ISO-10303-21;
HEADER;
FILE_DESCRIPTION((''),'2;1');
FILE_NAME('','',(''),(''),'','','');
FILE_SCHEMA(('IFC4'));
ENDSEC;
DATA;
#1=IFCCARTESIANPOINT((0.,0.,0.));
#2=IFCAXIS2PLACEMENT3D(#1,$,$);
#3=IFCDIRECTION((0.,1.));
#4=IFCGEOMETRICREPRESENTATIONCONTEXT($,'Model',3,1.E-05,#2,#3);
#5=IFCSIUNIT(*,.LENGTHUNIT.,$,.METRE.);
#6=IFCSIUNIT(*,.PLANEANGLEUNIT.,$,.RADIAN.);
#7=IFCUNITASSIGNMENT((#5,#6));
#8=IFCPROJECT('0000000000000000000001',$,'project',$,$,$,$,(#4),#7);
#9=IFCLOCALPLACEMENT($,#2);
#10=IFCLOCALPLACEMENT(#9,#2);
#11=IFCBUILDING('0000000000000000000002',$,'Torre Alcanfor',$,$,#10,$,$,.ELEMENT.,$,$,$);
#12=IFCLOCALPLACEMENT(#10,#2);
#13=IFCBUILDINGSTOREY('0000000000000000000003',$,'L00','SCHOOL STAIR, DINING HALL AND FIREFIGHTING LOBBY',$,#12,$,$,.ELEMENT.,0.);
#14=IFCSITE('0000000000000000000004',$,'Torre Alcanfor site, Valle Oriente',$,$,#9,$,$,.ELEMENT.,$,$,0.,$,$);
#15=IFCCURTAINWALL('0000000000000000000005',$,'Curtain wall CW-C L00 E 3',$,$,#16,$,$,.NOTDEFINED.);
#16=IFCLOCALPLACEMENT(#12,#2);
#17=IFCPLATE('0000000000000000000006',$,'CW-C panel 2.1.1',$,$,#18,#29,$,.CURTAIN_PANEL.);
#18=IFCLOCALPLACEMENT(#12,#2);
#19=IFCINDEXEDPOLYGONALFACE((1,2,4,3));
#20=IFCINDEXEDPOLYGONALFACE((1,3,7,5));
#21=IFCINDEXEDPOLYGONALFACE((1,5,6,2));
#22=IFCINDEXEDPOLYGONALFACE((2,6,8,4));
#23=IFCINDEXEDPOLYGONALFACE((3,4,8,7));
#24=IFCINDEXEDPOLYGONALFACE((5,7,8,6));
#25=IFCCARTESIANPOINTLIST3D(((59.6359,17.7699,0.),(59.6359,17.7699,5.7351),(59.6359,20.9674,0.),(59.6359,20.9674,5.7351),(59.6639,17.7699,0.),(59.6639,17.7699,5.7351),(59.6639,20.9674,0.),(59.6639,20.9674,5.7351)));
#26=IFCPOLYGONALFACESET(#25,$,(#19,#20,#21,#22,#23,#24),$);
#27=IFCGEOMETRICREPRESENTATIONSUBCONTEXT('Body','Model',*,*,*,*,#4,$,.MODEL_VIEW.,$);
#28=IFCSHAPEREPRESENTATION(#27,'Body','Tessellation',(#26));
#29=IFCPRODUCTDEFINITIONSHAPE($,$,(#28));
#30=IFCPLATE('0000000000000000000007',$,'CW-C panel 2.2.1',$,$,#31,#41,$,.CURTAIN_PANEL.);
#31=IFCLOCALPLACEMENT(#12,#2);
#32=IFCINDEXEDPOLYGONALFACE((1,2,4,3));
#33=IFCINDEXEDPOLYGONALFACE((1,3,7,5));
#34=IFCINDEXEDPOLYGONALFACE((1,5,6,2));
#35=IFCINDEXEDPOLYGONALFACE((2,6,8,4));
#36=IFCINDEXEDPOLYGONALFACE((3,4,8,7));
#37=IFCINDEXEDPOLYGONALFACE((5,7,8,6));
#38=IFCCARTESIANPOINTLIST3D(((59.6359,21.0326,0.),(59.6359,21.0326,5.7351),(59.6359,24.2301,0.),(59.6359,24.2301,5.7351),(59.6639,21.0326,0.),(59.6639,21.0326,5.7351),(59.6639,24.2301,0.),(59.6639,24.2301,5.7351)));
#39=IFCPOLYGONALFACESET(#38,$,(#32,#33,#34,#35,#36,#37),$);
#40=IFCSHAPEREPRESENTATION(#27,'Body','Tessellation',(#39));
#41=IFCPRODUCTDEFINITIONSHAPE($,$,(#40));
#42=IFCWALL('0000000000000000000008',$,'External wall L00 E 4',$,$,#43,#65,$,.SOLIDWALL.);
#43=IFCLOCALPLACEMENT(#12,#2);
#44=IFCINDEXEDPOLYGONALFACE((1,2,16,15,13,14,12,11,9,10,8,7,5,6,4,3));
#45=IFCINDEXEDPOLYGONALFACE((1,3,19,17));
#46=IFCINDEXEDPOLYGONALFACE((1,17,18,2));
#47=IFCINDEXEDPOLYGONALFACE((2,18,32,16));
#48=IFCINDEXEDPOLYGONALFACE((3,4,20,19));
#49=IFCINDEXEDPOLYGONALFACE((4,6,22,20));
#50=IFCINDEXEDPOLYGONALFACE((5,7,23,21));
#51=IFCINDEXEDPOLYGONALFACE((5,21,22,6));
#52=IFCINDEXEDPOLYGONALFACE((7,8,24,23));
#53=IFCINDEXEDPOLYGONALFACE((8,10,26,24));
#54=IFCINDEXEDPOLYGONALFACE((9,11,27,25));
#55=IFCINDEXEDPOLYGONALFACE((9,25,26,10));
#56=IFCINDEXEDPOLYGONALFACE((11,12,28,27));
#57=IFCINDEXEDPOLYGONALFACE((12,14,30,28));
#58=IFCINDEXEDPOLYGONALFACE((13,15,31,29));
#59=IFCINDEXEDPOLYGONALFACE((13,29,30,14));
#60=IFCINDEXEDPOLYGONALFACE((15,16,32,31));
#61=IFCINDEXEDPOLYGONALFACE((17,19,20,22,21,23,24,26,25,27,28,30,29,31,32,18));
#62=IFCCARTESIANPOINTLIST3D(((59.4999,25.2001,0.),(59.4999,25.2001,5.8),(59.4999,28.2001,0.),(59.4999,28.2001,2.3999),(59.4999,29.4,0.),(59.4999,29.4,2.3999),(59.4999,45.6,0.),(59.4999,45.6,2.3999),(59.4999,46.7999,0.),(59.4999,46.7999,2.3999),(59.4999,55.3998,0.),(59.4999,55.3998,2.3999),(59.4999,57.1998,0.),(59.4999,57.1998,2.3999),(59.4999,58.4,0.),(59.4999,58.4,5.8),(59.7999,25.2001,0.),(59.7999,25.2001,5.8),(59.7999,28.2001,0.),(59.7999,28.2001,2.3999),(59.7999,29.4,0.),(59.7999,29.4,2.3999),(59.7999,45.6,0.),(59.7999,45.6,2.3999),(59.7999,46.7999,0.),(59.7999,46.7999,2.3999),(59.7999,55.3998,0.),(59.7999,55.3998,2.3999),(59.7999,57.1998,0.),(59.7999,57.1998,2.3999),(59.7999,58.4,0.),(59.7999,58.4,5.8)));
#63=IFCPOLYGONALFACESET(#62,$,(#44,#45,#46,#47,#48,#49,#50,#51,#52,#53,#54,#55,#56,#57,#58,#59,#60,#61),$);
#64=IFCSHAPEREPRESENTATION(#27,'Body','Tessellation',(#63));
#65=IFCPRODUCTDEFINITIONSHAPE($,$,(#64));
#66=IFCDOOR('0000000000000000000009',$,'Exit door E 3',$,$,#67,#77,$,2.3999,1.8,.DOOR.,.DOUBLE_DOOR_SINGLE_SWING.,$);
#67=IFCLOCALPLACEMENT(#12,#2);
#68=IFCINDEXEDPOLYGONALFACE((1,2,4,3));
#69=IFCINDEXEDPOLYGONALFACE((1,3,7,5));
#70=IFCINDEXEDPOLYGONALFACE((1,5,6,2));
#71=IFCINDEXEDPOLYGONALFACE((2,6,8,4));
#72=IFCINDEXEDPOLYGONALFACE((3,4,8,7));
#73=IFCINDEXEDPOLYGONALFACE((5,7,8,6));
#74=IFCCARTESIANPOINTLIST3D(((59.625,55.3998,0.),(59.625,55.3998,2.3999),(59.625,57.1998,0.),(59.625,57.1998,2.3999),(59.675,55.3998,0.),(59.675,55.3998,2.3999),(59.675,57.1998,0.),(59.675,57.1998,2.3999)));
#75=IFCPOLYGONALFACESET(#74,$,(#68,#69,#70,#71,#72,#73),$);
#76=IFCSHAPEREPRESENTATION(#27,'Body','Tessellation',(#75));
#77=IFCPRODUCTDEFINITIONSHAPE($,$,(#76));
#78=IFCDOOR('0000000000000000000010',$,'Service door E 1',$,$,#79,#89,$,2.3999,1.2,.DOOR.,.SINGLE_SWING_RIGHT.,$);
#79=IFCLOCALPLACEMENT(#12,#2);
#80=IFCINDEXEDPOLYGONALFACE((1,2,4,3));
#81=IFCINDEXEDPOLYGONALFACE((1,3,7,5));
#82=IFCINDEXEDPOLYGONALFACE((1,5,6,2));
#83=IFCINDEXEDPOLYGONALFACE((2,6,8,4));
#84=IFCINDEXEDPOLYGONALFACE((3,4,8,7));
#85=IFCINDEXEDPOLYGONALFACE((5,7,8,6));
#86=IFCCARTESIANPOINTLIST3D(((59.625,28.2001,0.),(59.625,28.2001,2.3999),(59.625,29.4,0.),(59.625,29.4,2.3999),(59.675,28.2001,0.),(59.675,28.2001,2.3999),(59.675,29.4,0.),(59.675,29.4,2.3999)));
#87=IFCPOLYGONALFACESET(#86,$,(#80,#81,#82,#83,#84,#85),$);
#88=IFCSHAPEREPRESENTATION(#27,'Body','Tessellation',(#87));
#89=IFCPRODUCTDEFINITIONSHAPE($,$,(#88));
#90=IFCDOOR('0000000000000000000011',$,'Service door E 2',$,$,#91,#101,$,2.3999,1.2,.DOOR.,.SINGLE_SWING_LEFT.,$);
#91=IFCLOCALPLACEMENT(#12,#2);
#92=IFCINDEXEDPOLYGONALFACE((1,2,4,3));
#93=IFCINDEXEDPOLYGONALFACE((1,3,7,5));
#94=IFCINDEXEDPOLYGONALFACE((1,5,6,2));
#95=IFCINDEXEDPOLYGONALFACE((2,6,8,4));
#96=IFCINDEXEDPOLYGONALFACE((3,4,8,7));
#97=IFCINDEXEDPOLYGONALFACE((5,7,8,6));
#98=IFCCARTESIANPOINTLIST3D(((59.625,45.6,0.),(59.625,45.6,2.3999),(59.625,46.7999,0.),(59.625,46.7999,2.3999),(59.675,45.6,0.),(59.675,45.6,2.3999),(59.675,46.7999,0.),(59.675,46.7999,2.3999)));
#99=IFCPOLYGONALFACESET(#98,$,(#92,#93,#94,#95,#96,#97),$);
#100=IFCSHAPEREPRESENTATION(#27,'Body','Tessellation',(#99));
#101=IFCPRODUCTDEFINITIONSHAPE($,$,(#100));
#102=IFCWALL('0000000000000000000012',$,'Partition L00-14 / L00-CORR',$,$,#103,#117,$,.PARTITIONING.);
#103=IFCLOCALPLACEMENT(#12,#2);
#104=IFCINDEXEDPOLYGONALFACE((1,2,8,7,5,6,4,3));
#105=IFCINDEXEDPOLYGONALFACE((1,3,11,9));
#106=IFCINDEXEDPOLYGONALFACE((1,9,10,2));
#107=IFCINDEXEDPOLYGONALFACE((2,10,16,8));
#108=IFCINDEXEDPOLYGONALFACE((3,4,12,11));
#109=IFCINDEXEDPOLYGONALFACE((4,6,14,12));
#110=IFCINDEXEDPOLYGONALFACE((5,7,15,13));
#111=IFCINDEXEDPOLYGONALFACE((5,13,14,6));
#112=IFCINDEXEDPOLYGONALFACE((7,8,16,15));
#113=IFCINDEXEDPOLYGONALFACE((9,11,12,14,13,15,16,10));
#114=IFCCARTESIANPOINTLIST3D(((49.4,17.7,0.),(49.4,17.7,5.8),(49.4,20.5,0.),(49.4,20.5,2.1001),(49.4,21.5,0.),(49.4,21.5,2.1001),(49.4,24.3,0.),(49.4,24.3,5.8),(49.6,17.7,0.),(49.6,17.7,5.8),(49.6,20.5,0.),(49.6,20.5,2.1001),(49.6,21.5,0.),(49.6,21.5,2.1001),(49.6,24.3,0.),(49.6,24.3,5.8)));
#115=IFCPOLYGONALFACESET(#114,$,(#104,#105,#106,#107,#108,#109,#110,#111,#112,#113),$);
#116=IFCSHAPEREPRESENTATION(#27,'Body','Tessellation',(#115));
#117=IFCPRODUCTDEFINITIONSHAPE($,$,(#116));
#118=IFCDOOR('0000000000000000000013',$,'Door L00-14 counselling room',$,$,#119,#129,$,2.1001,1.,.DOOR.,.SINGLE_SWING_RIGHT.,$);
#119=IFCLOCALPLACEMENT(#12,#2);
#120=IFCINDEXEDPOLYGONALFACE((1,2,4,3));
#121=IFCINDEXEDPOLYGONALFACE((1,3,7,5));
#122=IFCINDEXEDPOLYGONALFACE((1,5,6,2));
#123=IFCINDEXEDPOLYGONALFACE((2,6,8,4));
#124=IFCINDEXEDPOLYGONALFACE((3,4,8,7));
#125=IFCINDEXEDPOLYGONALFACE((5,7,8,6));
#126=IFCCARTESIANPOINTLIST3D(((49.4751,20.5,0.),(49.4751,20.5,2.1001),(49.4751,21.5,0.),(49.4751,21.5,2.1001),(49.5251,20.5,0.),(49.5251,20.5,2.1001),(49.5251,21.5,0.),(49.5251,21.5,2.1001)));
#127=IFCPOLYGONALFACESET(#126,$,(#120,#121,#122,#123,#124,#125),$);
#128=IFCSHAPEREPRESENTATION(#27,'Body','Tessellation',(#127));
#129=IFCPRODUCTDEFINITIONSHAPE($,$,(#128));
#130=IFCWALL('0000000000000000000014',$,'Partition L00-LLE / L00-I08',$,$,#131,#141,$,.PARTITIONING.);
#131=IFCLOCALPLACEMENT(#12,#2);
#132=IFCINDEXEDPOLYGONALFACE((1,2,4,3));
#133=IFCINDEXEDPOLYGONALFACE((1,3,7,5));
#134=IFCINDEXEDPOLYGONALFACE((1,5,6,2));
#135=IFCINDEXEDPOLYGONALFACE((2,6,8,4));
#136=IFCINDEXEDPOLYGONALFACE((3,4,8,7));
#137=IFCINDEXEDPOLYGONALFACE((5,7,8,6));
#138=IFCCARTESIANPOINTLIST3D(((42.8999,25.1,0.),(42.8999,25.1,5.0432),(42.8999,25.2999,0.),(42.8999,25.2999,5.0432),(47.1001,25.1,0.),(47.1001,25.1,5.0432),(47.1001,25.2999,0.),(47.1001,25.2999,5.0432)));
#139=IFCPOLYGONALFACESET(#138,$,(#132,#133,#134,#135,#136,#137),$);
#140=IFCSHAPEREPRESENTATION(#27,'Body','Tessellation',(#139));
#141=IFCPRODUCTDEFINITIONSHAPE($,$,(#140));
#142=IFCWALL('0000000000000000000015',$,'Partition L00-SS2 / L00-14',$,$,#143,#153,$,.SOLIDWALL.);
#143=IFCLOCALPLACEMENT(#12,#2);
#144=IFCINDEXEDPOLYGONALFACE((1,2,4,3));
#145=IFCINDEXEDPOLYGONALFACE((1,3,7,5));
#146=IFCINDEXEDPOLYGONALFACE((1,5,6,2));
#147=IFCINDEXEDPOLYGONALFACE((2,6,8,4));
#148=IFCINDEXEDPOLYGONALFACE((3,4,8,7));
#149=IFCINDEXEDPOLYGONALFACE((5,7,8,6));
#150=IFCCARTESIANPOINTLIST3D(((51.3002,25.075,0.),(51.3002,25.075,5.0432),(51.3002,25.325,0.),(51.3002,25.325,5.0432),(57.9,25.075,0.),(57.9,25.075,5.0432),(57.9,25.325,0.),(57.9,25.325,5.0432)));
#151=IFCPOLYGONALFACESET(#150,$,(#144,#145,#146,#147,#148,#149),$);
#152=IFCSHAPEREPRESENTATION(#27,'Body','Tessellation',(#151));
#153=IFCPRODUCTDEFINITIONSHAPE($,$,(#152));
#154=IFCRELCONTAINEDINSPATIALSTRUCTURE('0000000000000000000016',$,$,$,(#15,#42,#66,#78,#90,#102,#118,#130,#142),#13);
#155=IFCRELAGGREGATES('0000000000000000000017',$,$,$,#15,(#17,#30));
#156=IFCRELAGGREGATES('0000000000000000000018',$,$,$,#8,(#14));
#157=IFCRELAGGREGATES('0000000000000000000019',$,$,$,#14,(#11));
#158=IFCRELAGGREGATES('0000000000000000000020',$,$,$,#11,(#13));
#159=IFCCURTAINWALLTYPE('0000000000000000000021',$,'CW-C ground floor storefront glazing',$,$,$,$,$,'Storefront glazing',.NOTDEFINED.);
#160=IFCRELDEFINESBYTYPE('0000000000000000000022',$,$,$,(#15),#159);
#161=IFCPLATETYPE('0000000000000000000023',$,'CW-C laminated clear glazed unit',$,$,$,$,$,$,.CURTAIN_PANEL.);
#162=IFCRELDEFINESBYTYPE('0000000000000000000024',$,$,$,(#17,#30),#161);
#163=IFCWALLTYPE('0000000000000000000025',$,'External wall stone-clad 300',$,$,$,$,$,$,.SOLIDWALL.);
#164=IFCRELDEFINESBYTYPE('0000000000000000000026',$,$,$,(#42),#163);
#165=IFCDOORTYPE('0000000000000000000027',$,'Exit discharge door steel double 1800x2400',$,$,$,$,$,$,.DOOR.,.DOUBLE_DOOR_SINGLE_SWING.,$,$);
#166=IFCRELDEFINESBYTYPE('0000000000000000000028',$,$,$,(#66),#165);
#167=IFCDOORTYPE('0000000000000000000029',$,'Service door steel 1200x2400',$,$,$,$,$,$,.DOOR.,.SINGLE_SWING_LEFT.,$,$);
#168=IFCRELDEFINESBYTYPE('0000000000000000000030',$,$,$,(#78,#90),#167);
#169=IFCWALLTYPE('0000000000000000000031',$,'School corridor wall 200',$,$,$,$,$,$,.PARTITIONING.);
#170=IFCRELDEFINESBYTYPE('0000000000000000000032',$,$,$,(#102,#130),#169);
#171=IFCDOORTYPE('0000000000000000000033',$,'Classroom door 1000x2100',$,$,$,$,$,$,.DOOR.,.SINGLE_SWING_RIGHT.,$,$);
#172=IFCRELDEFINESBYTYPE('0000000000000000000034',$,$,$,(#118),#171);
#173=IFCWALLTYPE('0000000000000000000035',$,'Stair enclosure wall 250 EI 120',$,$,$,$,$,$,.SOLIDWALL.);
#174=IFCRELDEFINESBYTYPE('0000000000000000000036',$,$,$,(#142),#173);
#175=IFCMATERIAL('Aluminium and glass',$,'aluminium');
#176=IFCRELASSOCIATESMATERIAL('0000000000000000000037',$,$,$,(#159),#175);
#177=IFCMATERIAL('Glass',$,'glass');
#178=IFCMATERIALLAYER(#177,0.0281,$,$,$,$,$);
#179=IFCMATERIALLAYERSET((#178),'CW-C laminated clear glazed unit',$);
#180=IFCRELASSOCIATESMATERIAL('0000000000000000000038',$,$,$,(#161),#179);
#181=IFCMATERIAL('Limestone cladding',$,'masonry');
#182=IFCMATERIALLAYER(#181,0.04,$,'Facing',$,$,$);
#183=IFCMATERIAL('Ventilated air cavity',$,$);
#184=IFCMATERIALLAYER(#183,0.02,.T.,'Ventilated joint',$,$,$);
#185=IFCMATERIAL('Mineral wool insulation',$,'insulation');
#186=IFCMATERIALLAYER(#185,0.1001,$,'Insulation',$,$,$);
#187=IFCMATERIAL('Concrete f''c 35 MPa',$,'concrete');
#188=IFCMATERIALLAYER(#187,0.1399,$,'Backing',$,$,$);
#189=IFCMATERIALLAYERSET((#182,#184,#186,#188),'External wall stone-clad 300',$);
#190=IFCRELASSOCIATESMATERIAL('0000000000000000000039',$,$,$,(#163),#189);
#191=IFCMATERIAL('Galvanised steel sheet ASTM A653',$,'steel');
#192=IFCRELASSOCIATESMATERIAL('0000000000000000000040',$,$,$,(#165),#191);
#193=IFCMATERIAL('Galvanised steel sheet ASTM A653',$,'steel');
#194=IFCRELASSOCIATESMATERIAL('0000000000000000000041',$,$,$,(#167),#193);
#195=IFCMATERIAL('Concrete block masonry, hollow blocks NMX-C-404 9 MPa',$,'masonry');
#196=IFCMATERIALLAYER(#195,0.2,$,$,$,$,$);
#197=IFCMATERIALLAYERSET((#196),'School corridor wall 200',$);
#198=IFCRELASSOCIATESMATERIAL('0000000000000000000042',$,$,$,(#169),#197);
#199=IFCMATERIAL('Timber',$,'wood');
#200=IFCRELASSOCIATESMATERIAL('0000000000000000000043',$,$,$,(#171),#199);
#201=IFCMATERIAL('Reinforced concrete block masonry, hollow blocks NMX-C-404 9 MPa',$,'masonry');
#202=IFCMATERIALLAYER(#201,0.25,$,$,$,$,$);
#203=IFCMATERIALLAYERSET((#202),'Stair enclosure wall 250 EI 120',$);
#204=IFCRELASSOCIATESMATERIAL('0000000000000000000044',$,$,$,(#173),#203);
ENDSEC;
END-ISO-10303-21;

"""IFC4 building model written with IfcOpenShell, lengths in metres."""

from ifc_helpers import new_model, si_unit, direction, frame, frame_2d, origin, origin_2d, place, context, subcontext, project, spatial, rectangle, extrude, material, layer, layer_set, type_object, element, fill, aggregate, save


model = new_model("IFC4")

# Units and contexts
model_context = context("Model", 3, precision=1e-05, world=origin(), true_north=direction((0.0, 1.0)))
body_context = subcontext(model_context, "Body", "Model", "MODEL_VIEW")
ifc_project = project(units=[si_unit("LENGTHUNIT", "METRE"), si_unit("PLANEANGLEUNIT", "RADIAN")], contexts=[model_context])

# Site, building, storey
site_placement = place(None, origin())
site = spatial("IfcSite", under=ifc_project, at=site_placement, Name="Torre Alcanfor site, Valle Oriente", CompositionType="ELEMENT", RefElevation=0.0)
building_placement = place(site_placement, origin())
building = spatial("IfcBuilding", under=site, at=building_placement, Name="Torre Alcanfor", CompositionType="ELEMENT")
storey_placement = place(building_placement, origin())
storey = spatial("IfcBuildingStorey", under=building, at=storey_placement, Name="L00", Description="SCHOOL STAIR, DINING HALL AND FIREFIGHTING LOBBY", CompositionType="ELEMENT", Elevation=0.0)

# Curtain wall
ifc_material_1 = material(Name="Aluminium and glass", Category="aluminium")
curtain_wall_type = type_object("IfcCurtainWallType", Name="CW-C ground floor storefront glazing", ElementType="Storefront glazing", PredefinedType="NOTDEFINED", material=ifc_material_1)
curtain_wall_placement = place(storey_placement, origin())
curtain_wall = element("IfcCurtainWall", 1, at=curtain_wall_placement, inside=storey, type_object=curtain_wall_type, Name="Curtain wall CW-C L00 E 3", PredefinedType="NOTDEFINED")

# Plates
ifc_material_2 = material(Name="Glass", Category="glass")
ifc_layer_1 = layer(ifc_material_2, 0.0281)
ifc_layer_set_1 = layer_set([ifc_layer_1], Name="CW-C laminated clear glazed unit")
plate_type = type_object("IfcPlateType", Name="CW-C laminated clear glazed unit", PredefinedType="CURTAIN_PANEL", material=ifc_layer_set_1)
plate_1_placement = place(storey_placement, frame((59.6499, 19.3687, 0.0), z_axis=(0.0, 0.0, 1.0), x_axis=(0.0, 1.0, 0.0)))
plate_1 = element("IfcPlate", 2, at=plate_1_placement, type_object=plate_type, Name="CW-C panel 2.1.1", PredefinedType="CURTAIN_PANEL", context=body_context, shape_type="SweptSolid", body=[
    extrude(rectangle(XDim=3.1975, YDim=0.0281, at=origin_2d()), origin(), (0.0, 0.0, 1.0), 5.7351),
])
plate_2_placement = place(storey_placement, frame((59.6499, 22.6313, 0.0), z_axis=(0.0, 0.0, 1.0), x_axis=(0.0, 1.0, 0.0)))
plate_2 = element("IfcPlate", 3, at=plate_2_placement, type_object=plate_type, Name="CW-C panel 2.2.1", PredefinedType="CURTAIN_PANEL", context=body_context, shape_type="SweptSolid", body=[
    extrude(rectangle(XDim=3.1975, YDim=0.0281, at=origin_2d()), origin(), (0.0, 0.0, 1.0), 5.7351),
])
aggregate(curtain_wall, [plate_1, plate_2])

# Wall, openings, doors
ifc_material_3 = material(Name="Limestone cladding", Category="masonry")
ifc_layer_2 = layer(ifc_material_3, 0.04, Name="Facing")
ifc_material_4 = material(Name="Ventilated air cavity")
ifc_layer_3 = layer(ifc_material_4, 0.02, ventilated=True, Name="Ventilated joint")
ifc_material_5 = material(Name="Mineral wool insulation", Category="insulation")
ifc_layer_4 = layer(ifc_material_5, 0.1001, Name="Insulation")
ifc_material_6 = material(Name="Concrete f'c 35 MPa", Category="concrete")
ifc_layer_5 = layer(ifc_material_6, 0.1399, Name="Backing")
ifc_layer_set_2 = layer_set([ifc_layer_2, ifc_layer_3, ifc_layer_4, ifc_layer_5], Name="External wall stone-clad 300")
wall_type_1 = type_object("IfcWallType", Name="External wall stone-clad 300", PredefinedType="SOLIDWALL", material=ifc_layer_set_2)
wall_1_placement = place(storey_placement, frame((59.6499, 25.2, 0.0), z_axis=(0.0, 0.0, 1.0), x_axis=(0.0, 1.0, 0.0)))
wall_1 = element("IfcWall", 4, at=wall_1_placement, inside=storey, type_object=wall_type_1, Name="External wall L00 E 4", PredefinedType="SOLIDWALL", context=body_context, shape_type="SweptSolid", body=[
    extrude(rectangle(XDim=33.2, YDim=0.3, at=frame_2d((16.6001, 0.0))), origin(), (0.0, 0.0, 1.0), 5.8),
])
opening_1_placement = place(wall_1_placement, frame((3.0, 0.0, 0.0)))
opening_1 = element("IfcOpeningElement", 5, at=opening_1_placement, cuts=wall_1, PredefinedType="OPENING", context=body_context, shape_type="SweptSolid", body=[
    extrude(rectangle(XDim=1.2, YDim=2.3999, at=frame_2d((0.6001, 1.2))), frame((0.0, 0.1599, 0.0), z_axis=(0.0, -1.0, 0.0), x_axis=(1.0, 0.0, 0.0)), (0.0, 0.0, 1.0), 0.3201),
])
opening_2_placement = place(wall_1_placement, frame((20.3999, 0.0, 0.0)))
opening_2 = element("IfcOpeningElement", 6, at=opening_2_placement, cuts=wall_1, PredefinedType="OPENING", context=body_context, shape_type="SweptSolid", body=[
    extrude(rectangle(XDim=1.2, YDim=2.3999, at=frame_2d((0.6001, 1.2))), frame((0.0, 0.1599, 0.0), z_axis=(0.0, -1.0, 0.0), x_axis=(1.0, 0.0, 0.0)), (0.0, 0.0, 1.0), 0.3201),
])
opening_3_placement = place(wall_1_placement, frame((30.2, 0.0, 0.0)))
opening_3 = element("IfcOpeningElement", 7, at=opening_3_placement, cuts=wall_1, PredefinedType="OPENING", context=body_context, shape_type="SweptSolid", body=[
    extrude(rectangle(XDim=1.8, YDim=2.3999, at=frame_2d((0.8999, 1.2))), frame((0.0, 0.1599, 0.0), z_axis=(0.0, -1.0, 0.0), x_axis=(1.0, 0.0, 0.0)), (0.0, 0.0, 1.0), 0.3201),
])
ifc_material_7 = material(Name="Galvanised steel sheet ASTM A653", Category="steel")
door_type_1 = type_object("IfcDoorType", Name="Exit discharge door steel double 1800x2400", OperationType="DOUBLE_DOOR_SINGLE_SWING", PredefinedType="DOOR", material=ifc_material_7)
door_1_placement = place(opening_3_placement, frame((1.8, 0.0, 0.0), z_axis=(0.0, 0.0, 1.0), x_axis=(-1.0, 0.0, 0.0)))
door_1 = element("IfcDoor", 8, at=door_1_placement, inside=storey, type_object=door_type_1, Name="Exit door E 3", OperationType="DOUBLE_DOOR_SINGLE_SWING", OverallHeight=2.3999, OverallWidth=1.8, PredefinedType="DOOR", context=body_context, shape_type="SweptSolid", body=[
    extrude(rectangle(XDim=1.8, YDim=2.3999, at=frame_2d((0.9001, 1.2))), frame((0.0, 0.0251, 0.0), z_axis=(0.0, -1.0, 0.0), x_axis=(1.0, 0.0, 0.0)), (0.0, 0.0, 1.0), 0.05),
])
fill(opening_3, door_1)
ifc_material_8 = material(Name="Galvanised steel sheet ASTM A653", Category="steel")
door_type_2 = type_object("IfcDoorType", Name="Service door steel 1200x2400", OperationType="SINGLE_SWING_LEFT", PredefinedType="DOOR", material=ifc_material_8)
door_2_placement = place(opening_1_placement, frame((1.2, 0.0, 0.0), z_axis=(0.0, 0.0, 1.0), x_axis=(-1.0, 0.0, 0.0)))
door_2 = element("IfcDoor", 9, at=door_2_placement, inside=storey, type_object=door_type_2, Name="Service door E 1", OperationType="SINGLE_SWING_RIGHT", OverallHeight=2.3999, OverallWidth=1.2, PredefinedType="DOOR", context=body_context, shape_type="SweptSolid", body=[
    extrude(rectangle(XDim=1.2, YDim=2.3999, at=frame_2d((0.5999, 1.2))), frame((0.0, 0.0251, 0.0), z_axis=(0.0, -1.0, 0.0), x_axis=(1.0, 0.0, 0.0)), (0.0, 0.0, 1.0), 0.05),
])
fill(opening_1, door_2)
door_3_placement = place(opening_2_placement, frame((1.2, 0.0, 0.0), z_axis=(0.0, 0.0, 1.0), x_axis=(-1.0, 0.0, 0.0)))
door_3 = element("IfcDoor", 10, at=door_3_placement, inside=storey, type_object=door_type_2, Name="Service door E 2", OperationType="SINGLE_SWING_LEFT", OverallHeight=2.3999, OverallWidth=1.2, PredefinedType="DOOR", context=body_context, shape_type="SweptSolid", body=[
    extrude(rectangle(XDim=1.2, YDim=2.3999, at=frame_2d((0.5999, 1.2))), frame((0.0, 0.0251, 0.0), z_axis=(0.0, -1.0, 0.0), x_axis=(1.0, 0.0, 0.0)), (0.0, 0.0, 1.0), 0.05),
])
fill(opening_2, door_3)

# Wall, opening, door
ifc_material_9 = material(Name="Concrete block masonry, hollow blocks NMX-C-404 9 MPa", Category="masonry")
ifc_layer_6 = layer(ifc_material_9, 0.2)
ifc_layer_set_3 = layer_set([ifc_layer_6], Name="School corridor wall 200")
wall_type_2 = type_object("IfcWallType", Name="School corridor wall 200", PredefinedType="PARTITIONING", material=ifc_layer_set_3)
wall_2_placement = place(storey_placement, frame((49.5, 17.7, 0.0), z_axis=(0.0, 0.0, 1.0), x_axis=(0.0, 1.0, 0.0)))
wall_2 = element("IfcWall", 11, at=wall_2_placement, inside=storey, type_object=wall_type_2, Name="Partition L00-14 / L00-CORR", PredefinedType="PARTITIONING", context=body_context, shape_type="SweptSolid", body=[
    extrude(rectangle(XDim=6.6001, YDim=0.2, at=frame_2d((3.3, 0.0))), origin(), (0.0, 0.0, 1.0), 5.8),
])
opening_4_placement = place(wall_2_placement, frame((2.8, 0.0, 0.0)))
opening_4 = element("IfcOpeningElement", 12, at=opening_4_placement, cuts=wall_2, PredefinedType="OPENING", context=body_context, shape_type="SweptSolid", body=[
    extrude(rectangle(XDim=1.0, YDim=2.1001, at=frame_2d((0.5, 1.05))), frame((0.0, 0.1099, 0.0), z_axis=(0.0, -1.0, 0.0), x_axis=(1.0, 0.0, 0.0)), (0.0, 0.0, 1.0), 0.22),
])
ifc_material_10 = material(Name="Timber", Category="wood")
door_type_3 = type_object("IfcDoorType", Name="Classroom door 1000x2100", OperationType="SINGLE_SWING_RIGHT", PredefinedType="DOOR", material=ifc_material_10)
door_4_placement = place(opening_4_placement, frame((1.0, 0.0, 0.0), z_axis=(0.0, 0.0, 1.0), x_axis=(-1.0, 0.0, 0.0)))
door_4 = element("IfcDoor", 13, at=door_4_placement, inside=storey, type_object=door_type_3, Name="Door L00-14 counselling room", OperationType="SINGLE_SWING_RIGHT", OverallHeight=2.1001, OverallWidth=1.0, PredefinedType="DOOR", context=body_context, shape_type="SweptSolid", body=[
    extrude(rectangle(XDim=1.0, YDim=2.1001, at=frame_2d((0.5, 1.05))), frame((0.0, 0.0251, 0.0), z_axis=(0.0, -1.0, 0.0), x_axis=(1.0, 0.0, 0.0)), (0.0, 0.0, 1.0), 0.05),
])
fill(opening_4, door_4)

# Walls
wall_3_placement = place(storey_placement, frame((47.1001, 25.2, 0.0), z_axis=(0.0, 0.0, 1.0), x_axis=(-1.0, 0.0, 0.0)))
element("IfcWall", 14, at=wall_3_placement, inside=storey, type_object=wall_type_2, Name="Partition L00-LLE / L00-I08", PredefinedType="PARTITIONING", context=body_context, shape_type="SweptSolid", body=[
    extrude(rectangle(XDim=4.2002, YDim=0.2, at=frame_2d((2.1001, 0.0))), origin(), (0.0, 0.0, 1.0), 5.0432),
])
ifc_material_11 = material(Name="Reinforced concrete block masonry, hollow blocks NMX-C-404 9 MPa", Category="masonry")
ifc_layer_7 = layer(ifc_material_11, 0.25)
ifc_layer_set_4 = layer_set([ifc_layer_7], Name="Stair enclosure wall 250 EI 120")
wall_type_3 = type_object("IfcWallType", Name="Stair enclosure wall 250 EI 120", PredefinedType="SOLIDWALL", material=ifc_layer_set_4)
wall_4_placement = place(storey_placement, frame((57.8999, 25.2, 0.0), z_axis=(0.0, 0.0, 1.0), x_axis=(-1.0, 0.0, 0.0)))
element("IfcWall", 15, at=wall_4_placement, inside=storey, type_object=wall_type_3, Name="Partition L00-SS2 / L00-14", PredefinedType="SOLIDWALL", context=body_context, shape_type="SweptSolid", body=[
    extrude(rectangle(XDim=6.5999, YDim=0.25, at=frame_2d((3.2998, 0.0))), origin(), (0.0, 0.0, 1.0), 5.0432),
])

save(model, "model.ifc")
